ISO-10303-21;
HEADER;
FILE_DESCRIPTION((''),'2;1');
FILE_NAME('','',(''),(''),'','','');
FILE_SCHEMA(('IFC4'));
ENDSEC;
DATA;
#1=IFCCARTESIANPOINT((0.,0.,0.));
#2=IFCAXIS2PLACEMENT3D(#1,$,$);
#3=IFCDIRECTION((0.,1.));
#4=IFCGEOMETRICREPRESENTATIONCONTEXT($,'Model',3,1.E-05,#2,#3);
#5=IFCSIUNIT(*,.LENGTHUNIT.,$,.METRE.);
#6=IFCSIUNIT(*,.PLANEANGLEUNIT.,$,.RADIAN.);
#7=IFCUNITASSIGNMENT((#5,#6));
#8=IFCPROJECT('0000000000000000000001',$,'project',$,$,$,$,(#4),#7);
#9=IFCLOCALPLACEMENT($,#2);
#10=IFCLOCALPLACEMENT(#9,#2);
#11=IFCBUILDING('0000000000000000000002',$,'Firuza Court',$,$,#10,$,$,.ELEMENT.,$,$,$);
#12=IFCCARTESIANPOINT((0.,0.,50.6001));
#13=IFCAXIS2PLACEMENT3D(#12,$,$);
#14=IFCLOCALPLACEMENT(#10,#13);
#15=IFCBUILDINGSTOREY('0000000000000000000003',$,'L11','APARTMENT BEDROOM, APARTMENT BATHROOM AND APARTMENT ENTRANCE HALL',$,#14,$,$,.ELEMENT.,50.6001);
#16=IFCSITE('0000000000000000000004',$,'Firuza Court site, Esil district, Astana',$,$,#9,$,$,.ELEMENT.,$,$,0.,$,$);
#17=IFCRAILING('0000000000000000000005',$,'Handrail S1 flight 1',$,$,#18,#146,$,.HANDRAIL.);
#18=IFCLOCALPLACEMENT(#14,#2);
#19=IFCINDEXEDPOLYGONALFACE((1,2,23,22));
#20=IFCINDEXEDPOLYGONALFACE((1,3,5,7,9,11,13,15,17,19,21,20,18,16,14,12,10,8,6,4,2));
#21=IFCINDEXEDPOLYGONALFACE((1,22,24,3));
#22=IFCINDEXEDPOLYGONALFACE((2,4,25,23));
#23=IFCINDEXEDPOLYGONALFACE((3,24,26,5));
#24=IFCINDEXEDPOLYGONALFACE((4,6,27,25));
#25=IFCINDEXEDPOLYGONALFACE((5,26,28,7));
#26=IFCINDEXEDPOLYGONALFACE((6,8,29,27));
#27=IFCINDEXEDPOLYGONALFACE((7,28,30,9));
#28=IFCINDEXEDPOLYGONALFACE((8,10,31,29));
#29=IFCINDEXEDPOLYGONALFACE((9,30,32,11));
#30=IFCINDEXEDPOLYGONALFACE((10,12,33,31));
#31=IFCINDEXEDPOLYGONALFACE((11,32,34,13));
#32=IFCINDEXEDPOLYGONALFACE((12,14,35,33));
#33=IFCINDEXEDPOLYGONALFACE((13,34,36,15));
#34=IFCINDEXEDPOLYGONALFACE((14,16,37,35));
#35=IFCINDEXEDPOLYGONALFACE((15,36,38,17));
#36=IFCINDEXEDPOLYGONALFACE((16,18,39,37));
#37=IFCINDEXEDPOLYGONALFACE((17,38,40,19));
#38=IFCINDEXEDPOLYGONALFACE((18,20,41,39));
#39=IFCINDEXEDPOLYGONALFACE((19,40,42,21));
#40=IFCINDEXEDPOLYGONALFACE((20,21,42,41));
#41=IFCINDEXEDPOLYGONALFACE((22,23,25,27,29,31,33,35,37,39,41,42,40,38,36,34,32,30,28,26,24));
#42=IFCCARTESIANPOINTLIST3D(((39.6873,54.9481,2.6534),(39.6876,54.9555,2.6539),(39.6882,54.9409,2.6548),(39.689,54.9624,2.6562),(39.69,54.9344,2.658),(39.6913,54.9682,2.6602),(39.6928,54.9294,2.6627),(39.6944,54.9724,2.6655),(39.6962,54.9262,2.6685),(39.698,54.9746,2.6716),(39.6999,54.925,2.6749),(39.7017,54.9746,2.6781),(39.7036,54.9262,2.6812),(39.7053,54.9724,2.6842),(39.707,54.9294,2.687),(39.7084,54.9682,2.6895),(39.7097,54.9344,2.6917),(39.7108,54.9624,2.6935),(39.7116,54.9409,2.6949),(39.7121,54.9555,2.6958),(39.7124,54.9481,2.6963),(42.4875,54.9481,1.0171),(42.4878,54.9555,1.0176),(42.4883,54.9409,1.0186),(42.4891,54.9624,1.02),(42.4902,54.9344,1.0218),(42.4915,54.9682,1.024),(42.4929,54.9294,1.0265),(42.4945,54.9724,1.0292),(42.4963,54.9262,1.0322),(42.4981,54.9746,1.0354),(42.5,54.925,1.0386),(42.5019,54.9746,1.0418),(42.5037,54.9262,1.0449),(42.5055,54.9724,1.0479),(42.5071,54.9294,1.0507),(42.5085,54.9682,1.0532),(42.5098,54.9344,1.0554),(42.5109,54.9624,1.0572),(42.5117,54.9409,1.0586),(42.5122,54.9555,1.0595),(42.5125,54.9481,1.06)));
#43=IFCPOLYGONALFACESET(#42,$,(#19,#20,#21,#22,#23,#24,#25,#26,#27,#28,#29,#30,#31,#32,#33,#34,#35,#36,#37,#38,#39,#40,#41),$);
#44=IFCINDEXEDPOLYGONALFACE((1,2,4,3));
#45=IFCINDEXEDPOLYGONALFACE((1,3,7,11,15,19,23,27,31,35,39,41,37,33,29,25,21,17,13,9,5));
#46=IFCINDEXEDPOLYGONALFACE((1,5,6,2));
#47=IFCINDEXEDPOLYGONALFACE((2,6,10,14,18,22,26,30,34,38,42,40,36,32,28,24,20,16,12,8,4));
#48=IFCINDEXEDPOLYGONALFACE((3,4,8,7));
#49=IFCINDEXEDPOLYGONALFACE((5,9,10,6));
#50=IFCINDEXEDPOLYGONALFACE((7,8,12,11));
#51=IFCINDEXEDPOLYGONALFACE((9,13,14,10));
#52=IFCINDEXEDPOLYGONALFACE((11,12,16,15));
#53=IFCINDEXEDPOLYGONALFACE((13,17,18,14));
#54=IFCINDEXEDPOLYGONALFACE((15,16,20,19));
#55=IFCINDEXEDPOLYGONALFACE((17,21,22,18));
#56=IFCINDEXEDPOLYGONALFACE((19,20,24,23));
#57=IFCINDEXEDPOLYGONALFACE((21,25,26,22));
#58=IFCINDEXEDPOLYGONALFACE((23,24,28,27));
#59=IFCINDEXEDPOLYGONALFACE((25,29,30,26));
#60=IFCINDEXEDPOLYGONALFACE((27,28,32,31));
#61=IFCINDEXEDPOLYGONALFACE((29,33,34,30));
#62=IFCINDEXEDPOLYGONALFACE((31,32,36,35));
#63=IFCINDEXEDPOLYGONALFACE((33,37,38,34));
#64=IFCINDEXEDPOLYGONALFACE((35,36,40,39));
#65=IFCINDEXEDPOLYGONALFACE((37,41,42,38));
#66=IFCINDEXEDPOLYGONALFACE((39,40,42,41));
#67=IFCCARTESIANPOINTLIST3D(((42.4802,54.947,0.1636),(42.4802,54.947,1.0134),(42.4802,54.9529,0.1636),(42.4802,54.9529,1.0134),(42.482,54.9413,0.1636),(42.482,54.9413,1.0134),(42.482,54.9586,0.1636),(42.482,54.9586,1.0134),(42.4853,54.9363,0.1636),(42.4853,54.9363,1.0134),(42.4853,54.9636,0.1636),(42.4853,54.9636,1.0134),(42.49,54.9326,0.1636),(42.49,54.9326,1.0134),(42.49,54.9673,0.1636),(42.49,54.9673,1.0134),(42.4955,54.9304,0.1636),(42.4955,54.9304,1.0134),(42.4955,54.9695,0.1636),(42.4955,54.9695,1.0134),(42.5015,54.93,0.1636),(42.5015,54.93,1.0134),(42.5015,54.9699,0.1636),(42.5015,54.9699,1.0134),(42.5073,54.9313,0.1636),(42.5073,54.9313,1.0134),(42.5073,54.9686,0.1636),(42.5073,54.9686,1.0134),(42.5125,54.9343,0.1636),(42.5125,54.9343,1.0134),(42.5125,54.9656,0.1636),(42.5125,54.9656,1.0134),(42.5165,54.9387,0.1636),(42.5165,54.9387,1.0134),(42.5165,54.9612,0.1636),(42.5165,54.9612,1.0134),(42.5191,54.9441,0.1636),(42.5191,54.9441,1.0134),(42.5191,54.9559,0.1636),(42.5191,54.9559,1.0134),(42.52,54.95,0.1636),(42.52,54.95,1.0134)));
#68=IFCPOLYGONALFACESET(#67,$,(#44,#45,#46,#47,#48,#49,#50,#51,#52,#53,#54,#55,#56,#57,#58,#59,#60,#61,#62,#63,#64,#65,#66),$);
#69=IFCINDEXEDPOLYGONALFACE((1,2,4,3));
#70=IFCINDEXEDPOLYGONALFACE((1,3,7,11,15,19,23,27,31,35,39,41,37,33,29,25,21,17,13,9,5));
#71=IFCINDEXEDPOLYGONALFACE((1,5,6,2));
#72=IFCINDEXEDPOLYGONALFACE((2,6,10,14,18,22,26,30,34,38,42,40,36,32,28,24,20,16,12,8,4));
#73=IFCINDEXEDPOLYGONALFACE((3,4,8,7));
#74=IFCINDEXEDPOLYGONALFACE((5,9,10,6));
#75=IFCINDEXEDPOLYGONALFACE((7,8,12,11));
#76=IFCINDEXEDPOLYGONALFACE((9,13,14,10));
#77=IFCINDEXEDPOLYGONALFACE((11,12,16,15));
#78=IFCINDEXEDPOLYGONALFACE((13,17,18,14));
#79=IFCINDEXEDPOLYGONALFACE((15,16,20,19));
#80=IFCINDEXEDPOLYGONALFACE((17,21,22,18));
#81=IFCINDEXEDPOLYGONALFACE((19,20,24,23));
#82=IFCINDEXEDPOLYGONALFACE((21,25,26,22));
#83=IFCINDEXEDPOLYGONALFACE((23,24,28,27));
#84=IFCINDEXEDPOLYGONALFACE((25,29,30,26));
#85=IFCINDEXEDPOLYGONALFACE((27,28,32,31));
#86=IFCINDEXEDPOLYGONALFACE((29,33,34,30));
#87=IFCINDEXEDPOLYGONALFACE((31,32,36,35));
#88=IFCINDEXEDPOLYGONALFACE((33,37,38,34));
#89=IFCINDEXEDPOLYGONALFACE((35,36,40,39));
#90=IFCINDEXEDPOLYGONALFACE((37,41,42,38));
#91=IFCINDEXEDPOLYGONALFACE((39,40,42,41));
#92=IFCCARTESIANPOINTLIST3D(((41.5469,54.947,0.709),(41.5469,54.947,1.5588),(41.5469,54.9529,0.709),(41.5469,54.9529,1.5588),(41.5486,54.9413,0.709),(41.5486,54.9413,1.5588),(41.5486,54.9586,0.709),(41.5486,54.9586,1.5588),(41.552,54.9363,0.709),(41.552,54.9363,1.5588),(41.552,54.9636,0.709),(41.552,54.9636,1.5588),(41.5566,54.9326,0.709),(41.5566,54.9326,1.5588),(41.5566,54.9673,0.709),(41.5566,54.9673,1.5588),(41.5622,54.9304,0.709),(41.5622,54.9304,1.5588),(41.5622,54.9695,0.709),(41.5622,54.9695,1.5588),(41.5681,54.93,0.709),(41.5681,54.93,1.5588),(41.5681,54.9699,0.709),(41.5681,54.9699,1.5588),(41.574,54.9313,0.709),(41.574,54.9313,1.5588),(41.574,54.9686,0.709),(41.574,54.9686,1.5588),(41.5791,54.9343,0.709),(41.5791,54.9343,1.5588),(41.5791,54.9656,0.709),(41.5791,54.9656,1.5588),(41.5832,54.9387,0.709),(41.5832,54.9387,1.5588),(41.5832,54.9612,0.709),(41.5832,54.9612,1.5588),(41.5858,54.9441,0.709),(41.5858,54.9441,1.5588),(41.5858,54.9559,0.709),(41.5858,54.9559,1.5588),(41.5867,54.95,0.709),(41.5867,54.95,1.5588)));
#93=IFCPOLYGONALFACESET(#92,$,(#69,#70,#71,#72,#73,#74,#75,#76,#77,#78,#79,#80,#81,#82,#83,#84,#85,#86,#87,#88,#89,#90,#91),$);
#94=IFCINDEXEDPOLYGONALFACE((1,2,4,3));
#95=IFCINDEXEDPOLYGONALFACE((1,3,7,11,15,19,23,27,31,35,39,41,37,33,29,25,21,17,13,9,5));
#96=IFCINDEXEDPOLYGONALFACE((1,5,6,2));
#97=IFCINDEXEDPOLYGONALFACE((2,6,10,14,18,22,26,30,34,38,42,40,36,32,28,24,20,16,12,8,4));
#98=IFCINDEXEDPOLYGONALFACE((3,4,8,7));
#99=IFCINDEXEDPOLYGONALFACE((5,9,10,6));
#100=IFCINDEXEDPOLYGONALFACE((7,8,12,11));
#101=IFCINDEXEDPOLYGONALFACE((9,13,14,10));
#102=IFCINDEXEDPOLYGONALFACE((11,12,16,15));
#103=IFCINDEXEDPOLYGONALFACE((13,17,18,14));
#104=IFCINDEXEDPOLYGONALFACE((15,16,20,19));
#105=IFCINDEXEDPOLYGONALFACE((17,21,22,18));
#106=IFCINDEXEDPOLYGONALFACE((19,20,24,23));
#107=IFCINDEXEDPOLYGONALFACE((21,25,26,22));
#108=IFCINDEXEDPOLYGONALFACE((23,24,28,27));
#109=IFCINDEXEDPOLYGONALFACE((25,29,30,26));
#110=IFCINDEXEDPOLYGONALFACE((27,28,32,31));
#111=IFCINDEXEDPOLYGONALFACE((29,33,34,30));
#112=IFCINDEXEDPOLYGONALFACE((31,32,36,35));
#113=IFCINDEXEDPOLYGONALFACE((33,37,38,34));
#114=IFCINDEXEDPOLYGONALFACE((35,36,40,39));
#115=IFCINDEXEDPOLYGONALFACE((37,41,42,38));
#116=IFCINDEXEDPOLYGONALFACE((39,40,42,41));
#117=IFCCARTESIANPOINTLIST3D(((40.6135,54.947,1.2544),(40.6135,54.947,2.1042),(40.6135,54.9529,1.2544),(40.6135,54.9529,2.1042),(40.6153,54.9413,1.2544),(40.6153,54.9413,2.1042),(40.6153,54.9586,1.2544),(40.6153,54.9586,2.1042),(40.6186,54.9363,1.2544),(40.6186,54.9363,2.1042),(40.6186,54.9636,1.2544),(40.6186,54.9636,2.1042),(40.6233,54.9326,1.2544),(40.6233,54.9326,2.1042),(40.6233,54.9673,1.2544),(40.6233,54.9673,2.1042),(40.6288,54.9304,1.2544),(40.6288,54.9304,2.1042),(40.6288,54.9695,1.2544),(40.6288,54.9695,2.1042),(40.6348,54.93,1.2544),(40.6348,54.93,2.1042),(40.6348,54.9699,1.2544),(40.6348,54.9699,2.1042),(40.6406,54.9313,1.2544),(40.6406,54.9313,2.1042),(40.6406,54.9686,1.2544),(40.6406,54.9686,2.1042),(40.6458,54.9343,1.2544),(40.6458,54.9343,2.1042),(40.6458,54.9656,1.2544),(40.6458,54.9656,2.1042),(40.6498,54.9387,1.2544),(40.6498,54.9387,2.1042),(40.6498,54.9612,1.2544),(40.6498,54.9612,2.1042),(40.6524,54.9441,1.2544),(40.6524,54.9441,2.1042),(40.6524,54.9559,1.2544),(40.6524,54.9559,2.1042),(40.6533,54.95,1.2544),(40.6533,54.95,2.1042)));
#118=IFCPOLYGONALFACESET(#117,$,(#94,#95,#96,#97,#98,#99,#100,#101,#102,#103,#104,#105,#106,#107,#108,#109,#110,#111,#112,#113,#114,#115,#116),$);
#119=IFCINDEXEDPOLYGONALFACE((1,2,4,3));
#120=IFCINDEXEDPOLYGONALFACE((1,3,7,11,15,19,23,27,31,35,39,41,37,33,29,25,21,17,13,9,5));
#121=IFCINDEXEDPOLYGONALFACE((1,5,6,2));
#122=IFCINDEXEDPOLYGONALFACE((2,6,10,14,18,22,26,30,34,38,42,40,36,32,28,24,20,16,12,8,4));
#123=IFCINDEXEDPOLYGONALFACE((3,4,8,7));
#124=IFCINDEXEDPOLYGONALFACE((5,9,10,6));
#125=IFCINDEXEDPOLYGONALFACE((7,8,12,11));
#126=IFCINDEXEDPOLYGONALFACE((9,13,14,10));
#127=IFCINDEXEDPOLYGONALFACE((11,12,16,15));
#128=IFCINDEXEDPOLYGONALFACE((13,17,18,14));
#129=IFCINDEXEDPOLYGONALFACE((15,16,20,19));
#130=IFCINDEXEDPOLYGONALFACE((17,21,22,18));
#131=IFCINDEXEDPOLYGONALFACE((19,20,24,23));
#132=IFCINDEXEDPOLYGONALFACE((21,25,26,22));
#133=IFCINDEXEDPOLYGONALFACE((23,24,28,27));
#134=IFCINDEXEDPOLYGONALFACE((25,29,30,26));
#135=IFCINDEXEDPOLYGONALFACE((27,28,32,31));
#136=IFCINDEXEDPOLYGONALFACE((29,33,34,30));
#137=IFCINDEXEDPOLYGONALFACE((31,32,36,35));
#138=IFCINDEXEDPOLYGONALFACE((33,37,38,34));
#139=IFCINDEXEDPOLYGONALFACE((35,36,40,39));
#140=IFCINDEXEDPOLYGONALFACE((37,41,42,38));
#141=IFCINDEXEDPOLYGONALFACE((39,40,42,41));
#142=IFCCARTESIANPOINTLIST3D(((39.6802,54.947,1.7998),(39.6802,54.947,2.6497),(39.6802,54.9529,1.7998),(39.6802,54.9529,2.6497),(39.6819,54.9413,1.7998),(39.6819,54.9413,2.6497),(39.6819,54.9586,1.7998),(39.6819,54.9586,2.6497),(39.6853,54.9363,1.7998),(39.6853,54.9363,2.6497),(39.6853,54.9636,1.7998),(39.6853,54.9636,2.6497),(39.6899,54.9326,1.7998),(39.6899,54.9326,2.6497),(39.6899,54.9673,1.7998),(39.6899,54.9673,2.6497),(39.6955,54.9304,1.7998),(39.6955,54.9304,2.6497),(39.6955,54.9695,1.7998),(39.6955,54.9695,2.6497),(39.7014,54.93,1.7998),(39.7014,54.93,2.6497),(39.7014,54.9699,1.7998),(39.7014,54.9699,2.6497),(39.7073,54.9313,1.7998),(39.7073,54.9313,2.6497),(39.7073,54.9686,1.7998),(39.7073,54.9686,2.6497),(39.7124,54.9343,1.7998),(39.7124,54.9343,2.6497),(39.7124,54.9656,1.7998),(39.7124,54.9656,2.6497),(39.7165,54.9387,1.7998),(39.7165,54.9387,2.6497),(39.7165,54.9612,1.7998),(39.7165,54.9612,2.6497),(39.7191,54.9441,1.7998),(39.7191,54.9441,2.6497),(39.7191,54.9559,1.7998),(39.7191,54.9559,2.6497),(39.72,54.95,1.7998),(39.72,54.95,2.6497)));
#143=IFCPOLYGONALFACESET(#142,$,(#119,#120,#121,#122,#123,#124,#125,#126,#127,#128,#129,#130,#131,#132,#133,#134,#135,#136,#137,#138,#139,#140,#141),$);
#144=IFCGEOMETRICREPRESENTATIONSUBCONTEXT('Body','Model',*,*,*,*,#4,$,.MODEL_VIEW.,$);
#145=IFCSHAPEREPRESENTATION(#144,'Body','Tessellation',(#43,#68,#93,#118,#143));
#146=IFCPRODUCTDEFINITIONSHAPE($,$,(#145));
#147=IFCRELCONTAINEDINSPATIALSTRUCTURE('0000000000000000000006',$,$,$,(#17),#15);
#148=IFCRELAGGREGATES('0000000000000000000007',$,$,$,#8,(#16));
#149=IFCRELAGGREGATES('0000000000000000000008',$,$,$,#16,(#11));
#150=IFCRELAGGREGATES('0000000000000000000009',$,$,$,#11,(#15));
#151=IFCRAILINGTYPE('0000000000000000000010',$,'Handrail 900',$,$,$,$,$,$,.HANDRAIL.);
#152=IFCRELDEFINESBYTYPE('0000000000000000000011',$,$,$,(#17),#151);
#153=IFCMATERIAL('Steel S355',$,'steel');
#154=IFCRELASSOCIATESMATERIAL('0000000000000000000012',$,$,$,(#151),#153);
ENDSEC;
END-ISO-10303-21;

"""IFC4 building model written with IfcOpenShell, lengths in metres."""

from ifc_helpers import new_model, si_unit, direction, frame, origin, origin_2d, place, context, subcontext, project, spatial, circle, extrude, material, type_object, element, save


model = new_model("IFC4")

# Units and contexts
model_context = context("Model", 3, precision=1e-05, world=origin(), true_north=direction((0.0, 1.0)))
body_context = subcontext(model_context, "Body", "Model", "MODEL_VIEW")
ifc_project = project(units=[si_unit("LENGTHUNIT", "METRE"), si_unit("PLANEANGLEUNIT", "RADIAN")], contexts=[model_context])

# Site, building, storey
site_placement = place(None, origin())
site = spatial("IfcSite", under=ifc_project, at=site_placement, Name="Firuza Court site, Esil district, Astana", CompositionType="ELEMENT", RefElevation=0.0)
building_placement = place(site_placement, origin())
building = spatial("IfcBuilding", under=site, at=building_placement, Name="Firuza Court", CompositionType="ELEMENT")
storey_placement = place(building_placement, frame((0.0, 0.0, 50.6001)))
storey = spatial("IfcBuildingStorey", under=building, at=storey_placement, Name="L11", Description="APARTMENT BEDROOM, APARTMENT BATHROOM AND APARTMENT ENTRANCE HALL", CompositionType="ELEMENT", Elevation=50.6001)

# Railing
ifc_material_1 = material(Name="Steel S355", Category="steel")
railing_type_1 = type_object("IfcRailingType", Name="Handrail 900", PredefinedType="HANDRAIL", material=ifc_material_1)
railing_1_placement = place(storey_placement, frame((42.5, 54.95, 0.1636)))
element("IfcRailing", 1, at=railing_1_placement, inside=storey, type_object=railing_type_1, Name="Handrail S1 flight 1", PredefinedType="HANDRAIL", context=body_context, shape_type="SweptSolid", body=[
    extrude(circle(Radius=0.0249, at=origin_2d()), frame((0.0, 0.0, 0.875), z_axis=(-0.863394, 0.0, 0.504531), x_axis=(0.0, -1.0, 0.0)), (0.0, 0.0, 1.0), 3.2432),
    extrude(circle(Radius=0.02, at=origin_2d()), origin(), (0.0, 0.0, 1.0), 0.8499),
    extrude(circle(Radius=0.02, at=origin_2d()), frame((-0.9333, 0.0, 0.5454)), (0.0, 0.0, 1.0), 0.8499),
    extrude(circle(Radius=0.02, at=origin_2d()), frame((-1.8667, 0.0, 1.0908)), (0.0, 0.0, 1.0), 0.8499),
    extrude(circle(Radius=0.02, at=origin_2d()), frame((-2.8, 0.0, 1.6362)), (0.0, 0.0, 1.0), 0.8499),
])

save(model, "model.ifc")
